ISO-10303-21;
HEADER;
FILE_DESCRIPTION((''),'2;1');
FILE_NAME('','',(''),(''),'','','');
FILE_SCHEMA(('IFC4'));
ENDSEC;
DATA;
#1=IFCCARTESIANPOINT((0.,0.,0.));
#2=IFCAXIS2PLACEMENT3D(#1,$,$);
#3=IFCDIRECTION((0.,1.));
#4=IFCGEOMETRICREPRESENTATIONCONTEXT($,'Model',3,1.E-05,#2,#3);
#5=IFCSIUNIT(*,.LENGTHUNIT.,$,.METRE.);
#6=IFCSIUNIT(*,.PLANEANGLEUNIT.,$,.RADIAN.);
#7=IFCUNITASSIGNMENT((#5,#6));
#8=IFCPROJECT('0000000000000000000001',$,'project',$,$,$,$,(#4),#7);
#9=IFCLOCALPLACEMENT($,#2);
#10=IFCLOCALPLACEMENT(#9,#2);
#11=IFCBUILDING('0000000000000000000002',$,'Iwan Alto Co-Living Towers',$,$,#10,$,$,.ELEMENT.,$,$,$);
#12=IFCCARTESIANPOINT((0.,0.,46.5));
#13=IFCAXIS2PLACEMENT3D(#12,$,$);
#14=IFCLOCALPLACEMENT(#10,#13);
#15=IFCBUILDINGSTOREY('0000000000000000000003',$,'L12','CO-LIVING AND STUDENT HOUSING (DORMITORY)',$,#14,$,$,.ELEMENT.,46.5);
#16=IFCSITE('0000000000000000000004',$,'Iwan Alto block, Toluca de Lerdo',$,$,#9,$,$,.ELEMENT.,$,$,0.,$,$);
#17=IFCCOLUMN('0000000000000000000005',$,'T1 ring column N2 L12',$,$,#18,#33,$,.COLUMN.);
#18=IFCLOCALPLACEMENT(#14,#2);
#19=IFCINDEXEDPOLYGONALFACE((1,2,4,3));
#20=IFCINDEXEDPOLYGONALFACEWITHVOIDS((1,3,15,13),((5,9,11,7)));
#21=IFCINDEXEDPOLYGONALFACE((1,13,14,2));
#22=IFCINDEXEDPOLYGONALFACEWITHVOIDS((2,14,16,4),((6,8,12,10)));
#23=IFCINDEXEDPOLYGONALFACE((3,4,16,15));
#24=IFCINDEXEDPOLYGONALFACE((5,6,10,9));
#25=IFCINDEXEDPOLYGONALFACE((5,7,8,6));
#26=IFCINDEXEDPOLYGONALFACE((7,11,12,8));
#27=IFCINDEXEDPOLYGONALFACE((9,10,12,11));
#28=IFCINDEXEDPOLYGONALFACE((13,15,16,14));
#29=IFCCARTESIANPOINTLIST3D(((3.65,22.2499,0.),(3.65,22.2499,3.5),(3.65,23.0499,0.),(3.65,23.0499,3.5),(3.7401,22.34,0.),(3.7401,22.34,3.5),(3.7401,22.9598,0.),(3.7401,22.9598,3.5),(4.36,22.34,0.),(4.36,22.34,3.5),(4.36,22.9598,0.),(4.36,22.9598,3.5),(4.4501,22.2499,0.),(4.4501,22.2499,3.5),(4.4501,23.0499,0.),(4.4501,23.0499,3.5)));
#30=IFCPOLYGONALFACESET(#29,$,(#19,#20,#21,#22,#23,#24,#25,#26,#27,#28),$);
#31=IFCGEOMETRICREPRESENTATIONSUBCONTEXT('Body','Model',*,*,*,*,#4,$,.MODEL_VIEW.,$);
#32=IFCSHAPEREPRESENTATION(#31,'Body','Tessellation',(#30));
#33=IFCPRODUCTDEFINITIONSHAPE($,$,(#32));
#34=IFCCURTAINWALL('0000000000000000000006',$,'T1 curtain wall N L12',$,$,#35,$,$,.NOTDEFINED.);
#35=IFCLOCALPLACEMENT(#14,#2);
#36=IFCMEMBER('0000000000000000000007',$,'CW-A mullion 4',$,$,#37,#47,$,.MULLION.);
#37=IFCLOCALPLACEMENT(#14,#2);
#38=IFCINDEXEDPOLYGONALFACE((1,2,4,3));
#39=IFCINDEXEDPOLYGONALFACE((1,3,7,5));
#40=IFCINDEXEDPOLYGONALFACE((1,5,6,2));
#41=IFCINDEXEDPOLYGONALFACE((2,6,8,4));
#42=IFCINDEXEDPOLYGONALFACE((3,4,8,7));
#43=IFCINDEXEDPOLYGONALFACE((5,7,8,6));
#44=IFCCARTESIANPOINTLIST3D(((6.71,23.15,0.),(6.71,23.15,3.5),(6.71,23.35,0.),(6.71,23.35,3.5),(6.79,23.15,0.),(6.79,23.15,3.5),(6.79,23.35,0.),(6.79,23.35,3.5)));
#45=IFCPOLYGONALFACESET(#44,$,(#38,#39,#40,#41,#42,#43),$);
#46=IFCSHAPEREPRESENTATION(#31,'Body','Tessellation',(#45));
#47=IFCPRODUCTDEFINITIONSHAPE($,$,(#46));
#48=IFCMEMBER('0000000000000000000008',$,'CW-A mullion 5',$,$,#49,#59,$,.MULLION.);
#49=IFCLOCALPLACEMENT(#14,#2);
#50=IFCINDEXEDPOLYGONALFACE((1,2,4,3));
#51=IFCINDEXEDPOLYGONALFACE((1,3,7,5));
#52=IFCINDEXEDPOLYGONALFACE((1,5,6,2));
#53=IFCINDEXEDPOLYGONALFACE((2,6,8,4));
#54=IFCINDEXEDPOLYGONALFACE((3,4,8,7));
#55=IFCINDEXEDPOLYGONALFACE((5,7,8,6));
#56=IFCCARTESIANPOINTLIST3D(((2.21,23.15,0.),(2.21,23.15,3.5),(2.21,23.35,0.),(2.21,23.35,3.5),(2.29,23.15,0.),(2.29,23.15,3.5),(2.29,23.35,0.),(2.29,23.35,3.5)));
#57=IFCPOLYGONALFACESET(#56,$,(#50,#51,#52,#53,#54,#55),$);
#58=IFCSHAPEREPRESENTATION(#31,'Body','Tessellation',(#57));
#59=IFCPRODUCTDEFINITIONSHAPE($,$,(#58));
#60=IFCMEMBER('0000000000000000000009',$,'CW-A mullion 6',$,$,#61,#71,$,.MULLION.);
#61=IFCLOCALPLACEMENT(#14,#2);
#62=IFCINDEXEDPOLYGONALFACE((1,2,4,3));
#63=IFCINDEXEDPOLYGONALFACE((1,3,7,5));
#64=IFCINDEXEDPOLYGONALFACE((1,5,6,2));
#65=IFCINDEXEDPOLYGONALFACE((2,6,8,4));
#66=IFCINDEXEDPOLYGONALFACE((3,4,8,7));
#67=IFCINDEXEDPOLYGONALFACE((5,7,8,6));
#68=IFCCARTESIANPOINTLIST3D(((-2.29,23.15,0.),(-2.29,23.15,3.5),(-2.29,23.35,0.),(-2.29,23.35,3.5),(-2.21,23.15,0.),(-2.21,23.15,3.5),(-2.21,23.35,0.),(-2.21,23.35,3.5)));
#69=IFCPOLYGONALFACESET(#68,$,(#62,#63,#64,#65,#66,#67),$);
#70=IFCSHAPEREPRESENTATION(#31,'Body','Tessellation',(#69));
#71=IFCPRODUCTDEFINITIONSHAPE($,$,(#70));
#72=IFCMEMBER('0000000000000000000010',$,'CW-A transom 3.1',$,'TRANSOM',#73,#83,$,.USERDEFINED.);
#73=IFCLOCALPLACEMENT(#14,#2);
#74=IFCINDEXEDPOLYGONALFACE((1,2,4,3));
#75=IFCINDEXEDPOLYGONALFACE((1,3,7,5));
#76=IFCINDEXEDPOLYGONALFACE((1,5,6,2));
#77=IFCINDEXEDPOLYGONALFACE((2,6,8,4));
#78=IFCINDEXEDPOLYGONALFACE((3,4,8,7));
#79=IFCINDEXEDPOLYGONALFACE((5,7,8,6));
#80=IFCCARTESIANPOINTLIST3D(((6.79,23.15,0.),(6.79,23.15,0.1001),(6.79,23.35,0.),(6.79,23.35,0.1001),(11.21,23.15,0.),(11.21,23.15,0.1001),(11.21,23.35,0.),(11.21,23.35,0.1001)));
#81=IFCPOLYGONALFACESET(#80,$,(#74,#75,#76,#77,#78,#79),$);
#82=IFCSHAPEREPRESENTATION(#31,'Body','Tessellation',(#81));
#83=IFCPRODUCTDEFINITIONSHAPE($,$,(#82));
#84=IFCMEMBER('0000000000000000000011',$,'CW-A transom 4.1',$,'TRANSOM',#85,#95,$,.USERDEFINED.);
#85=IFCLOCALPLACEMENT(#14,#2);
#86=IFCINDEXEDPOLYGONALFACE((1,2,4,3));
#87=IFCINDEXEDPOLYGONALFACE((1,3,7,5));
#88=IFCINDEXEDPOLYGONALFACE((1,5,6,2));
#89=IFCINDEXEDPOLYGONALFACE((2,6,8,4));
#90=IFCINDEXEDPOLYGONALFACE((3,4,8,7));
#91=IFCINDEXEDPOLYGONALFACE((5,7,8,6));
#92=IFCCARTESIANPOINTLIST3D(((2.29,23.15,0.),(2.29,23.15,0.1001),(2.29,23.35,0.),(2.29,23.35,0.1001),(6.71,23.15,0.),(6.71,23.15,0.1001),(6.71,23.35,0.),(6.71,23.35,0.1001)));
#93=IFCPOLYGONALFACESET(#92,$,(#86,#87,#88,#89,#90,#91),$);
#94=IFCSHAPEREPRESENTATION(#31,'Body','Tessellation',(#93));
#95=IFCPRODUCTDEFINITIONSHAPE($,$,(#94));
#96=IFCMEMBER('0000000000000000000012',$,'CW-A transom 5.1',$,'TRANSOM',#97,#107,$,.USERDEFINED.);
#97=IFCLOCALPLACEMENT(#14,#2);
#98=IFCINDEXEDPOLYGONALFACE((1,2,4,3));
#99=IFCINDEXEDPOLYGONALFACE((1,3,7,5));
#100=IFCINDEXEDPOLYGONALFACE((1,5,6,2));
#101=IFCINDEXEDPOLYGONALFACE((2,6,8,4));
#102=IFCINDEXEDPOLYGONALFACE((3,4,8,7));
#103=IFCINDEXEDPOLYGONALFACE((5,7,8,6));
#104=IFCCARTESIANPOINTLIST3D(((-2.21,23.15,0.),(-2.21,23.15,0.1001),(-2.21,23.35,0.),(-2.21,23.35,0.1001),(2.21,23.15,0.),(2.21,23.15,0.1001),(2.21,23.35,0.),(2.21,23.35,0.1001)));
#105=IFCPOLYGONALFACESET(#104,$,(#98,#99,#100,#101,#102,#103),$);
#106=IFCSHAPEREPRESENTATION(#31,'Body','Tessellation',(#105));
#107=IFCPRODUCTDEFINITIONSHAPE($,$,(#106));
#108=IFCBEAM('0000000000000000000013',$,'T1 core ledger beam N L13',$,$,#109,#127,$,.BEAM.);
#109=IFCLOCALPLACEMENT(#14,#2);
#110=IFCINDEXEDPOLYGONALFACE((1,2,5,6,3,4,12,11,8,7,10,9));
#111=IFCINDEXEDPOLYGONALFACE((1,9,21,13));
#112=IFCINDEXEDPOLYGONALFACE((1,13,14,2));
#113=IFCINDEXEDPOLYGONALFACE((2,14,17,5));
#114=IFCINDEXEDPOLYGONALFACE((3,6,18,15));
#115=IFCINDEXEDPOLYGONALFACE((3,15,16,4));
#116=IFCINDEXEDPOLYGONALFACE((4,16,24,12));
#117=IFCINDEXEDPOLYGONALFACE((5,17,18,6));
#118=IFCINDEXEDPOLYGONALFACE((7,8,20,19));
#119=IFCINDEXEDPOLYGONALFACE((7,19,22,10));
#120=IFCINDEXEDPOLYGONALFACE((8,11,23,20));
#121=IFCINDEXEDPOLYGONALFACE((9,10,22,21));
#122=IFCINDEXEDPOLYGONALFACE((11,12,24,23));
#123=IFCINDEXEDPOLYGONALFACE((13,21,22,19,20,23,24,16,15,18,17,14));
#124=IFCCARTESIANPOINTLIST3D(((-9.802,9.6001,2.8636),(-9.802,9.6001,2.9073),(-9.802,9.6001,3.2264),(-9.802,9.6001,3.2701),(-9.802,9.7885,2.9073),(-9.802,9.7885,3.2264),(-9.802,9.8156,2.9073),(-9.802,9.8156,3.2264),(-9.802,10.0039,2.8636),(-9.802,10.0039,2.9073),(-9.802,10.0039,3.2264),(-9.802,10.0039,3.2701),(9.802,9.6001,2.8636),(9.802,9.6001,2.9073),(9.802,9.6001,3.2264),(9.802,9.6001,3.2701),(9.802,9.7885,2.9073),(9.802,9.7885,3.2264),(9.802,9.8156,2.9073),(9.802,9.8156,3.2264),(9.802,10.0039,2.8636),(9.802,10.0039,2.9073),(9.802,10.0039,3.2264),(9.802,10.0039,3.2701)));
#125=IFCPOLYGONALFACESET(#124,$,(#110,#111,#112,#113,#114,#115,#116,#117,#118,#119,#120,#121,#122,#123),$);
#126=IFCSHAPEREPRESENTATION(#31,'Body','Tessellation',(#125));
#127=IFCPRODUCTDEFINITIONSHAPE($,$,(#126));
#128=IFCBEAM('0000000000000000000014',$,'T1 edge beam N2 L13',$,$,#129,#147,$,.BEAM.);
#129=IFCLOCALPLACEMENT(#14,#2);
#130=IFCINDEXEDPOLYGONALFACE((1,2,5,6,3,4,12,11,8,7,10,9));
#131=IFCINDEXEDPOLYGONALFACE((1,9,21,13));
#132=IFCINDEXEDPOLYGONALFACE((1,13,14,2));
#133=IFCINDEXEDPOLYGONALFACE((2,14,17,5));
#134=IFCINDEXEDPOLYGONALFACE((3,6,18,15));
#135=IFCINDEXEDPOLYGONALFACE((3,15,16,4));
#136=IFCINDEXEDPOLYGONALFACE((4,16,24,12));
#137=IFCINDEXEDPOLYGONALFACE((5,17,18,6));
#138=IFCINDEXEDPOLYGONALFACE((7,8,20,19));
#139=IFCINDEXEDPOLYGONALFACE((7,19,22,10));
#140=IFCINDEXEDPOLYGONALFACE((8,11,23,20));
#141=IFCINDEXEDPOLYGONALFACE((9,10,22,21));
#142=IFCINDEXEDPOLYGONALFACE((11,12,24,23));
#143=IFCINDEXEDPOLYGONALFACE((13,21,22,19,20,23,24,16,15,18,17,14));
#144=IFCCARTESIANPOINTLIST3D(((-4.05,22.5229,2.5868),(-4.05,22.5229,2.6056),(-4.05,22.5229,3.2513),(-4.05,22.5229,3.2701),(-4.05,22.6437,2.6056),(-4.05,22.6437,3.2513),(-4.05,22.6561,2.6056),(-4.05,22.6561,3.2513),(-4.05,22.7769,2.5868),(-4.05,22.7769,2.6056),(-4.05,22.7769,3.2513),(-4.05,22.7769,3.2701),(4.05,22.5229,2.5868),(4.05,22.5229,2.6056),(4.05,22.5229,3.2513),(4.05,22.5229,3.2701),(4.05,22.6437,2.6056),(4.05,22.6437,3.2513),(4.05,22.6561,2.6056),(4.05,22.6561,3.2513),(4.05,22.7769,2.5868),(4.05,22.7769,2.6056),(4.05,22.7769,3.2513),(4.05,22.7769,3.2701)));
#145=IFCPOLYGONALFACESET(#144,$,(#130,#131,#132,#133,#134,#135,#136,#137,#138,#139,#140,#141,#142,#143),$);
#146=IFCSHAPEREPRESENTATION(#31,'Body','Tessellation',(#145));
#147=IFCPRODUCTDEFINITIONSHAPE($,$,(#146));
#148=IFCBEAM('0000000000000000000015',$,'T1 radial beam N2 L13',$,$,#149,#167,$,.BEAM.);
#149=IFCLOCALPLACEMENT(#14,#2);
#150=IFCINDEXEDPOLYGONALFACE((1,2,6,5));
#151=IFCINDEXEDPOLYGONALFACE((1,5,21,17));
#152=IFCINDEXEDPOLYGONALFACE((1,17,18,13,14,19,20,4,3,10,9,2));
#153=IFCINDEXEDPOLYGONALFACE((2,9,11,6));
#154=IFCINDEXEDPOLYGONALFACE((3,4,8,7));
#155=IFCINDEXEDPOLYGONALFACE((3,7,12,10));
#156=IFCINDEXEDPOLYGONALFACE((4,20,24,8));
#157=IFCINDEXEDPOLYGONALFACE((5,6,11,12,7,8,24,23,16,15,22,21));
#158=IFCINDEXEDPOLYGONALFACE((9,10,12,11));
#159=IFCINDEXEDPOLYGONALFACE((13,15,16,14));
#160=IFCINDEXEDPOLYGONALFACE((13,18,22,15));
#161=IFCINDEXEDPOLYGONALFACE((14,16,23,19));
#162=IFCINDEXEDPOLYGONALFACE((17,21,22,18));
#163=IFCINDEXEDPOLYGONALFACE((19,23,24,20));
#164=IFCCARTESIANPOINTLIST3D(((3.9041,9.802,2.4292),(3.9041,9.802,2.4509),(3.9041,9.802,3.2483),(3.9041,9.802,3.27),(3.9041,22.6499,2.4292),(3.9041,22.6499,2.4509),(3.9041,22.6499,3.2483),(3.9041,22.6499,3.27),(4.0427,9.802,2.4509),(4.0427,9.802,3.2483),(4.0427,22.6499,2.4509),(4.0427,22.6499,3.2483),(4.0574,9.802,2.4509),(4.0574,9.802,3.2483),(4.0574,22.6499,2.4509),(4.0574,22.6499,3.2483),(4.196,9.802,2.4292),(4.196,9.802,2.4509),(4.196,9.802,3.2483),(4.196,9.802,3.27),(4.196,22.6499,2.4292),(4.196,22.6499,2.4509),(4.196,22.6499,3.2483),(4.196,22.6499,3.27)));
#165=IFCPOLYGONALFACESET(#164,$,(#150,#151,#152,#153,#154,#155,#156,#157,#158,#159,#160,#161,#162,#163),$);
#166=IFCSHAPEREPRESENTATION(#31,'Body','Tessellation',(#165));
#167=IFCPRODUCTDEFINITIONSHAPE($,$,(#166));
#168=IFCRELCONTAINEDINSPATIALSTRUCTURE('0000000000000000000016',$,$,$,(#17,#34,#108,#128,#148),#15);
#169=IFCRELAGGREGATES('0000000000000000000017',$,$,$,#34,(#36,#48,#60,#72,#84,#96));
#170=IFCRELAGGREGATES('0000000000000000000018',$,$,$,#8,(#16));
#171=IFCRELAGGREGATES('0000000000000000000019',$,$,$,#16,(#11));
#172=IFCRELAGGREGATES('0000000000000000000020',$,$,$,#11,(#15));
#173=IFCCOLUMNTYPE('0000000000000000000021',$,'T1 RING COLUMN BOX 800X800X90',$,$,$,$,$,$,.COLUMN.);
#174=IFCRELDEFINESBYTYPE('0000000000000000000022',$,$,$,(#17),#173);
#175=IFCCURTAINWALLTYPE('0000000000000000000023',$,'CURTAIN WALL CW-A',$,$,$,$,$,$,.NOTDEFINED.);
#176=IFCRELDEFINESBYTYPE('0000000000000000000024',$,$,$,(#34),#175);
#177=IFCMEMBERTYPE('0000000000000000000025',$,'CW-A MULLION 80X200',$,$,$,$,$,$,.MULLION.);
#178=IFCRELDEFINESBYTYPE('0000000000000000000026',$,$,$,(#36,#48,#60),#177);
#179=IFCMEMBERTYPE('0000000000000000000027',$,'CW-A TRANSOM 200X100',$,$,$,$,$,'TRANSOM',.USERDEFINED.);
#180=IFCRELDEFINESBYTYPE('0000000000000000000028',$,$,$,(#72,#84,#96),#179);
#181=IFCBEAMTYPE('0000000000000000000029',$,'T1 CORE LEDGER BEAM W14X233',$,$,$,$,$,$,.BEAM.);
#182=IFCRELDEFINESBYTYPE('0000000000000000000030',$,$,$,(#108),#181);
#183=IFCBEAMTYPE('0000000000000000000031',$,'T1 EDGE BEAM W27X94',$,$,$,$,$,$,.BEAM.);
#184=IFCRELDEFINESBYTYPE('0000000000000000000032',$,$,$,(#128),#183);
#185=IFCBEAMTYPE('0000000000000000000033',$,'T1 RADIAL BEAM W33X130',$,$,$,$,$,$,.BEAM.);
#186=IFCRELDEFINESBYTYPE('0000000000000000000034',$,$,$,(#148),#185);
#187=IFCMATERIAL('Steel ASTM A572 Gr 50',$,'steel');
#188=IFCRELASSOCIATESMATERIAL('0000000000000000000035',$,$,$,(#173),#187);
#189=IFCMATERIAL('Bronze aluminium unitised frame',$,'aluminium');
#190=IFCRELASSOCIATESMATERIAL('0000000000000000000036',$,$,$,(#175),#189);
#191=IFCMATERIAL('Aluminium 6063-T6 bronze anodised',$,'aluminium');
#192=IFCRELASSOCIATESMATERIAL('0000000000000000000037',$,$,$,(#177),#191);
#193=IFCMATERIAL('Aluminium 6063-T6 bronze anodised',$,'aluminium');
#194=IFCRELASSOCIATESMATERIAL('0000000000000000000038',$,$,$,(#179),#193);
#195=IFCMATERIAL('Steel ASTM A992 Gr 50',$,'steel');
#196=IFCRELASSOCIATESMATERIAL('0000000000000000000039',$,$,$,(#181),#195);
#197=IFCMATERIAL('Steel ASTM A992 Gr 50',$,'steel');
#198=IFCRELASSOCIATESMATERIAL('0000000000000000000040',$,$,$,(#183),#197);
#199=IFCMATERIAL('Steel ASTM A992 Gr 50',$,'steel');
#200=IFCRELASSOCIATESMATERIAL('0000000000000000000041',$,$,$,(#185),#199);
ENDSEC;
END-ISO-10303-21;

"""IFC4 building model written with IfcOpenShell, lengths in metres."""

from ifc_helpers import new_model, si_unit, direction, frame, origin, origin_2d, place, context, subcontext, project, spatial, rectangle, hollow_rectangle, i_section, extrude, material, material_profile, profile_set, type_object, element, aggregate, save


model = new_model("IFC4")

# Units and contexts
model_context = context("Model", 3, precision=1e-05, world=origin(), true_north=direction((0.0, 1.0)))
body_context = subcontext(model_context, "Body", "Model", "MODEL_VIEW")
ifc_project = project(units=[si_unit("LENGTHUNIT", "METRE"), si_unit("PLANEANGLEUNIT", "RADIAN")], contexts=[model_context])

# Site, building, storey
site_placement = place(None, origin())
site = spatial("IfcSite", under=ifc_project, at=site_placement, Name="Iwan Alto block, Toluca de Lerdo", CompositionType="ELEMENT", RefElevation=0.0)
building_placement = place(site_placement, origin())
building = spatial("IfcBuilding", under=site, at=building_placement, Name="Iwan Alto Co-Living Towers", CompositionType="ELEMENT")
storey_placement = place(building_placement, frame((0.0, 0.0, 46.5)))
storey = spatial("IfcBuildingStorey", under=building, at=storey_placement, Name="L12", Description="CO-LIVING AND STUDENT HOUSING (DORMITORY)", CompositionType="ELEMENT", Elevation=46.5)

# Column
ifc_material_1 = material(Name="Steel ASTM A572 Gr 50", Category="steel")
ifc_material_profile_1 = material_profile(ifc_material_1, hollow_rectangle(XDim=0.8, YDim=0.8, WallThickness=0.0901, at=origin_2d()), Name="BOX 800X800X90")
ifc_profile_set_1 = profile_set([ifc_material_profile_1], Name="Steel ASTM A572 Gr 50")
column_type = type_object("IfcColumnType", Name="T1 RING COLUMN BOX 800X800X90", PredefinedType="COLUMN", material=ifc_profile_set_1)
column_placement = place(storey_placement, frame((4.05, 22.6499, 0.0), z_axis=(0.0, 0.0, 1.0), x_axis=(1.0, 0.0, 0.0)))
element("IfcColumn", 1, at=column_placement, inside=storey, type_object=column_type, Name="T1 ring column N2 L12", PredefinedType="COLUMN", context=body_context, shape_type="SweptSolid", body=[
    extrude(hollow_rectangle(XDim=0.8, YDim=0.8, WallThickness=0.0901, at=origin_2d()), origin(), (0.0, 0.0, 1.0), 3.5),
])

# Curtain wall, members
ifc_material_2 = material(Name="Bronze aluminium unitised frame", Category="aluminium")
curtain_wall_type = type_object("IfcCurtainWallType", Name="CURTAIN WALL CW-A", PredefinedType="NOTDEFINED", material=ifc_material_2)
curtain_wall_placement = place(storey_placement, origin())
curtain_wall = element("IfcCurtainWall", 2, at=curtain_wall_placement, inside=storey, type_object=curtain_wall_type, Name="T1 curtain wall N L12", PredefinedType="NOTDEFINED")
ifc_material_3 = material(Name="Aluminium 6063-T6 bronze anodised", Category="aluminium")
ifc_material_profile_2 = material_profile(ifc_material_3, rectangle(XDim=0.2, YDim=0.0801, at=origin_2d()), Name="AL 80X200")
ifc_profile_set_2 = profile_set([ifc_material_profile_2], Name="Aluminium 6063-T6 bronze anodised")
member_type_1 = type_object("IfcMemberType", Name="CW-A MULLION 80X200", PredefinedType="MULLION", material=ifc_profile_set_2)
member_1_placement = place(storey_placement, frame((6.75, 23.25, 0.0), z_axis=(0.0, 0.0, 1.0), x_axis=(0.0, -1.0, 0.0)))
member_1 = element("IfcMember", 3, at=member_1_placement, type_object=member_type_1, Name="CW-A mullion 4", PredefinedType="MULLION", context=body_context, shape_type="SweptSolid", body=[
    extrude(rectangle(XDim=0.2, YDim=0.0801, at=origin_2d()), origin(), (0.0, 0.0, 1.0), 3.5),
])
member_2_placement = place(storey_placement, frame((2.25, 23.25, 0.0), z_axis=(0.0, 0.0, 1.0), x_axis=(0.0, -1.0, 0.0)))
member_2 = element("IfcMember", 4, at=member_2_placement, type_object=member_type_1, Name="CW-A mullion 5", PredefinedType="MULLION", context=body_context, shape_type="SweptSolid", body=[
    extrude(rectangle(XDim=0.2, YDim=0.0801, at=origin_2d()), origin(), (0.0, 0.0, 1.0), 3.5),
])
member_3_placement = place(storey_placement, frame((-2.25, 23.25, 0.0), z_axis=(0.0, 0.0, 1.0), x_axis=(0.0, -1.0, 0.0)))
member_3 = element("IfcMember", 5, at=member_3_placement, type_object=member_type_1, Name="CW-A mullion 6", PredefinedType="MULLION", context=body_context, shape_type="SweptSolid", body=[
    extrude(rectangle(XDim=0.2, YDim=0.0801, at=origin_2d()), origin(), (0.0, 0.0, 1.0), 3.5),
])
ifc_material_4 = material(Name="Aluminium 6063-T6 bronze anodised", Category="aluminium")
ifc_material_profile_3 = material_profile(ifc_material_4, rectangle(XDim=0.2, YDim=0.1001, at=origin_2d()), Name="AL 200X100")
ifc_profile_set_3 = profile_set([ifc_material_profile_3], Name="Aluminium 6063-T6 bronze anodised")
member_type_2 = type_object("IfcMemberType", Name="CW-A TRANSOM 200X100", ElementType="TRANSOM", PredefinedType="USERDEFINED", material=ifc_profile_set_3)
member_4_placement = place(storey_placement, frame((11.21, 23.25, 0.05), z_axis=(-1.0, 0.0, 0.0), x_axis=(0.0, -1.0, 0.0)))
member_4 = element("IfcMember", 6, at=member_4_placement, type_object=member_type_2, Name="CW-A transom 3.1", ObjectType="TRANSOM", PredefinedType="USERDEFINED", context=body_context, shape_type="SweptSolid", body=[
    extrude(rectangle(XDim=0.2, YDim=0.1001, at=origin_2d()), origin(), (0.0, 0.0, 1.0), 4.4199),
])
member_5_placement = place(storey_placement, frame((6.71, 23.25, 0.05), z_axis=(-1.0, 0.0, 0.0), x_axis=(0.0, -1.0, 0.0)))
member_5 = element("IfcMember", 7, at=member_5_placement, type_object=member_type_2, Name="CW-A transom 4.1", ObjectType="TRANSOM", PredefinedType="USERDEFINED", context=body_context, shape_type="SweptSolid", body=[
    extrude(rectangle(XDim=0.2, YDim=0.1001, at=origin_2d()), origin(), (0.0, 0.0, 1.0), 4.4199),
])
member_6_placement = place(storey_placement, frame((2.21, 23.25, 0.05), z_axis=(-1.0, 0.0, 0.0), x_axis=(0.0, -1.0, 0.0)))
member_6 = element("IfcMember", 8, at=member_6_placement, type_object=member_type_2, Name="CW-A transom 5.1", ObjectType="TRANSOM", PredefinedType="USERDEFINED", context=body_context, shape_type="SweptSolid", body=[
    extrude(rectangle(XDim=0.2, YDim=0.1001, at=origin_2d()), origin(), (0.0, 0.0, 1.0), 4.4199),
])

# Beams
ifc_material_5 = material(Name="Steel ASTM A992 Gr 50", Category="steel")
ifc_material_profile_4 = material_profile(ifc_material_5, i_section(OverallWidth=0.4038, OverallDepth=0.4065, WebThickness=0.0271, FlangeThickness=0.0437, at=origin_2d()), Name="W14X233")
ifc_profile_set_4 = profile_set([ifc_material_profile_4], Name="Steel ASTM A992 Gr 50")
beam_type_1 = type_object("IfcBeamType", Name="T1 CORE LEDGER BEAM W14X233", PredefinedType="BEAM", material=ifc_profile_set_4)
beam_1_placement = place(storey_placement, frame((9.802, 9.802, 3.0669), z_axis=(-1.0, 0.0, 0.0), x_axis=(0.0, -1.0, 0.0)))
element("IfcBeam", 9, at=beam_1_placement, inside=storey, type_object=beam_type_1, Name="T1 core ledger beam N L13", PredefinedType="BEAM", context=body_context, shape_type="SweptSolid", body=[
    extrude(i_section(OverallWidth=0.4038, OverallDepth=0.4065, WebThickness=0.0271, FlangeThickness=0.0437, at=origin_2d()), origin(), (0.0, 0.0, 1.0), 19.604),
])
ifc_material_6 = material(Name="Steel ASTM A992 Gr 50", Category="steel")
ifc_material_profile_5 = material_profile(ifc_material_6, i_section(OverallWidth=0.2539, OverallDepth=0.6833, WebThickness=0.0125, FlangeThickness=0.0188, at=origin_2d()), Name="W27X94")
ifc_profile_set_5 = profile_set([ifc_material_profile_5], Name="Steel ASTM A992 Gr 50")
beam_type_2 = type_object("IfcBeamType", Name="T1 EDGE BEAM W27X94", PredefinedType="BEAM", material=ifc_profile_set_5)
beam_2_placement = place(storey_placement, frame((4.05, 22.6499, 2.9285), z_axis=(-1.0, 0.0, 0.0), x_axis=(0.0, -1.0, 0.0)))
element("IfcBeam", 10, at=beam_2_placement, inside=storey, type_object=beam_type_2, Name="T1 edge beam N2 L13", PredefinedType="BEAM", context=body_context, shape_type="SweptSolid", body=[
    extrude(i_section(OverallWidth=0.2539, OverallDepth=0.6833, WebThickness=0.0125, FlangeThickness=0.0188, at=origin_2d()), origin(), (0.0, 0.0, 1.0), 8.1001),
])
ifc_material_7 = material(Name="Steel ASTM A992 Gr 50", Category="steel")
ifc_material_profile_6 = material_profile(ifc_material_7, i_section(OverallWidth=0.292, OverallDepth=0.8408, WebThickness=0.0146, FlangeThickness=0.0217, at=origin_2d()), Name="W33X130")
ifc_profile_set_6 = profile_set([ifc_material_profile_6], Name="Steel ASTM A992 Gr 50")
beam_type_3 = type_object("IfcBeamType", Name="T1 RADIAL BEAM W33X130", PredefinedType="BEAM", material=ifc_profile_set_6)
beam_3_placement = place(storey_placement, frame((4.05, 22.6499, 2.8496), z_axis=(0.0, -1.0, 0.0), x_axis=(1.0, 0.0, 0.0)))
element("IfcBeam", 11, at=beam_3_placement, inside=storey, type_object=beam_type_3, Name="T1 radial beam N2 L13", PredefinedType="BEAM", context=body_context, shape_type="SweptSolid", body=[
    extrude(i_section(OverallWidth=0.292, OverallDepth=0.8408, WebThickness=0.0146, FlangeThickness=0.0217, at=origin_2d()), origin(), (0.0, 0.0, 1.0), 12.8479),
])

aggregate(curtain_wall, [member_1, member_2, member_3, member_4, member_5, member_6])

save(model, "model.ifc")
